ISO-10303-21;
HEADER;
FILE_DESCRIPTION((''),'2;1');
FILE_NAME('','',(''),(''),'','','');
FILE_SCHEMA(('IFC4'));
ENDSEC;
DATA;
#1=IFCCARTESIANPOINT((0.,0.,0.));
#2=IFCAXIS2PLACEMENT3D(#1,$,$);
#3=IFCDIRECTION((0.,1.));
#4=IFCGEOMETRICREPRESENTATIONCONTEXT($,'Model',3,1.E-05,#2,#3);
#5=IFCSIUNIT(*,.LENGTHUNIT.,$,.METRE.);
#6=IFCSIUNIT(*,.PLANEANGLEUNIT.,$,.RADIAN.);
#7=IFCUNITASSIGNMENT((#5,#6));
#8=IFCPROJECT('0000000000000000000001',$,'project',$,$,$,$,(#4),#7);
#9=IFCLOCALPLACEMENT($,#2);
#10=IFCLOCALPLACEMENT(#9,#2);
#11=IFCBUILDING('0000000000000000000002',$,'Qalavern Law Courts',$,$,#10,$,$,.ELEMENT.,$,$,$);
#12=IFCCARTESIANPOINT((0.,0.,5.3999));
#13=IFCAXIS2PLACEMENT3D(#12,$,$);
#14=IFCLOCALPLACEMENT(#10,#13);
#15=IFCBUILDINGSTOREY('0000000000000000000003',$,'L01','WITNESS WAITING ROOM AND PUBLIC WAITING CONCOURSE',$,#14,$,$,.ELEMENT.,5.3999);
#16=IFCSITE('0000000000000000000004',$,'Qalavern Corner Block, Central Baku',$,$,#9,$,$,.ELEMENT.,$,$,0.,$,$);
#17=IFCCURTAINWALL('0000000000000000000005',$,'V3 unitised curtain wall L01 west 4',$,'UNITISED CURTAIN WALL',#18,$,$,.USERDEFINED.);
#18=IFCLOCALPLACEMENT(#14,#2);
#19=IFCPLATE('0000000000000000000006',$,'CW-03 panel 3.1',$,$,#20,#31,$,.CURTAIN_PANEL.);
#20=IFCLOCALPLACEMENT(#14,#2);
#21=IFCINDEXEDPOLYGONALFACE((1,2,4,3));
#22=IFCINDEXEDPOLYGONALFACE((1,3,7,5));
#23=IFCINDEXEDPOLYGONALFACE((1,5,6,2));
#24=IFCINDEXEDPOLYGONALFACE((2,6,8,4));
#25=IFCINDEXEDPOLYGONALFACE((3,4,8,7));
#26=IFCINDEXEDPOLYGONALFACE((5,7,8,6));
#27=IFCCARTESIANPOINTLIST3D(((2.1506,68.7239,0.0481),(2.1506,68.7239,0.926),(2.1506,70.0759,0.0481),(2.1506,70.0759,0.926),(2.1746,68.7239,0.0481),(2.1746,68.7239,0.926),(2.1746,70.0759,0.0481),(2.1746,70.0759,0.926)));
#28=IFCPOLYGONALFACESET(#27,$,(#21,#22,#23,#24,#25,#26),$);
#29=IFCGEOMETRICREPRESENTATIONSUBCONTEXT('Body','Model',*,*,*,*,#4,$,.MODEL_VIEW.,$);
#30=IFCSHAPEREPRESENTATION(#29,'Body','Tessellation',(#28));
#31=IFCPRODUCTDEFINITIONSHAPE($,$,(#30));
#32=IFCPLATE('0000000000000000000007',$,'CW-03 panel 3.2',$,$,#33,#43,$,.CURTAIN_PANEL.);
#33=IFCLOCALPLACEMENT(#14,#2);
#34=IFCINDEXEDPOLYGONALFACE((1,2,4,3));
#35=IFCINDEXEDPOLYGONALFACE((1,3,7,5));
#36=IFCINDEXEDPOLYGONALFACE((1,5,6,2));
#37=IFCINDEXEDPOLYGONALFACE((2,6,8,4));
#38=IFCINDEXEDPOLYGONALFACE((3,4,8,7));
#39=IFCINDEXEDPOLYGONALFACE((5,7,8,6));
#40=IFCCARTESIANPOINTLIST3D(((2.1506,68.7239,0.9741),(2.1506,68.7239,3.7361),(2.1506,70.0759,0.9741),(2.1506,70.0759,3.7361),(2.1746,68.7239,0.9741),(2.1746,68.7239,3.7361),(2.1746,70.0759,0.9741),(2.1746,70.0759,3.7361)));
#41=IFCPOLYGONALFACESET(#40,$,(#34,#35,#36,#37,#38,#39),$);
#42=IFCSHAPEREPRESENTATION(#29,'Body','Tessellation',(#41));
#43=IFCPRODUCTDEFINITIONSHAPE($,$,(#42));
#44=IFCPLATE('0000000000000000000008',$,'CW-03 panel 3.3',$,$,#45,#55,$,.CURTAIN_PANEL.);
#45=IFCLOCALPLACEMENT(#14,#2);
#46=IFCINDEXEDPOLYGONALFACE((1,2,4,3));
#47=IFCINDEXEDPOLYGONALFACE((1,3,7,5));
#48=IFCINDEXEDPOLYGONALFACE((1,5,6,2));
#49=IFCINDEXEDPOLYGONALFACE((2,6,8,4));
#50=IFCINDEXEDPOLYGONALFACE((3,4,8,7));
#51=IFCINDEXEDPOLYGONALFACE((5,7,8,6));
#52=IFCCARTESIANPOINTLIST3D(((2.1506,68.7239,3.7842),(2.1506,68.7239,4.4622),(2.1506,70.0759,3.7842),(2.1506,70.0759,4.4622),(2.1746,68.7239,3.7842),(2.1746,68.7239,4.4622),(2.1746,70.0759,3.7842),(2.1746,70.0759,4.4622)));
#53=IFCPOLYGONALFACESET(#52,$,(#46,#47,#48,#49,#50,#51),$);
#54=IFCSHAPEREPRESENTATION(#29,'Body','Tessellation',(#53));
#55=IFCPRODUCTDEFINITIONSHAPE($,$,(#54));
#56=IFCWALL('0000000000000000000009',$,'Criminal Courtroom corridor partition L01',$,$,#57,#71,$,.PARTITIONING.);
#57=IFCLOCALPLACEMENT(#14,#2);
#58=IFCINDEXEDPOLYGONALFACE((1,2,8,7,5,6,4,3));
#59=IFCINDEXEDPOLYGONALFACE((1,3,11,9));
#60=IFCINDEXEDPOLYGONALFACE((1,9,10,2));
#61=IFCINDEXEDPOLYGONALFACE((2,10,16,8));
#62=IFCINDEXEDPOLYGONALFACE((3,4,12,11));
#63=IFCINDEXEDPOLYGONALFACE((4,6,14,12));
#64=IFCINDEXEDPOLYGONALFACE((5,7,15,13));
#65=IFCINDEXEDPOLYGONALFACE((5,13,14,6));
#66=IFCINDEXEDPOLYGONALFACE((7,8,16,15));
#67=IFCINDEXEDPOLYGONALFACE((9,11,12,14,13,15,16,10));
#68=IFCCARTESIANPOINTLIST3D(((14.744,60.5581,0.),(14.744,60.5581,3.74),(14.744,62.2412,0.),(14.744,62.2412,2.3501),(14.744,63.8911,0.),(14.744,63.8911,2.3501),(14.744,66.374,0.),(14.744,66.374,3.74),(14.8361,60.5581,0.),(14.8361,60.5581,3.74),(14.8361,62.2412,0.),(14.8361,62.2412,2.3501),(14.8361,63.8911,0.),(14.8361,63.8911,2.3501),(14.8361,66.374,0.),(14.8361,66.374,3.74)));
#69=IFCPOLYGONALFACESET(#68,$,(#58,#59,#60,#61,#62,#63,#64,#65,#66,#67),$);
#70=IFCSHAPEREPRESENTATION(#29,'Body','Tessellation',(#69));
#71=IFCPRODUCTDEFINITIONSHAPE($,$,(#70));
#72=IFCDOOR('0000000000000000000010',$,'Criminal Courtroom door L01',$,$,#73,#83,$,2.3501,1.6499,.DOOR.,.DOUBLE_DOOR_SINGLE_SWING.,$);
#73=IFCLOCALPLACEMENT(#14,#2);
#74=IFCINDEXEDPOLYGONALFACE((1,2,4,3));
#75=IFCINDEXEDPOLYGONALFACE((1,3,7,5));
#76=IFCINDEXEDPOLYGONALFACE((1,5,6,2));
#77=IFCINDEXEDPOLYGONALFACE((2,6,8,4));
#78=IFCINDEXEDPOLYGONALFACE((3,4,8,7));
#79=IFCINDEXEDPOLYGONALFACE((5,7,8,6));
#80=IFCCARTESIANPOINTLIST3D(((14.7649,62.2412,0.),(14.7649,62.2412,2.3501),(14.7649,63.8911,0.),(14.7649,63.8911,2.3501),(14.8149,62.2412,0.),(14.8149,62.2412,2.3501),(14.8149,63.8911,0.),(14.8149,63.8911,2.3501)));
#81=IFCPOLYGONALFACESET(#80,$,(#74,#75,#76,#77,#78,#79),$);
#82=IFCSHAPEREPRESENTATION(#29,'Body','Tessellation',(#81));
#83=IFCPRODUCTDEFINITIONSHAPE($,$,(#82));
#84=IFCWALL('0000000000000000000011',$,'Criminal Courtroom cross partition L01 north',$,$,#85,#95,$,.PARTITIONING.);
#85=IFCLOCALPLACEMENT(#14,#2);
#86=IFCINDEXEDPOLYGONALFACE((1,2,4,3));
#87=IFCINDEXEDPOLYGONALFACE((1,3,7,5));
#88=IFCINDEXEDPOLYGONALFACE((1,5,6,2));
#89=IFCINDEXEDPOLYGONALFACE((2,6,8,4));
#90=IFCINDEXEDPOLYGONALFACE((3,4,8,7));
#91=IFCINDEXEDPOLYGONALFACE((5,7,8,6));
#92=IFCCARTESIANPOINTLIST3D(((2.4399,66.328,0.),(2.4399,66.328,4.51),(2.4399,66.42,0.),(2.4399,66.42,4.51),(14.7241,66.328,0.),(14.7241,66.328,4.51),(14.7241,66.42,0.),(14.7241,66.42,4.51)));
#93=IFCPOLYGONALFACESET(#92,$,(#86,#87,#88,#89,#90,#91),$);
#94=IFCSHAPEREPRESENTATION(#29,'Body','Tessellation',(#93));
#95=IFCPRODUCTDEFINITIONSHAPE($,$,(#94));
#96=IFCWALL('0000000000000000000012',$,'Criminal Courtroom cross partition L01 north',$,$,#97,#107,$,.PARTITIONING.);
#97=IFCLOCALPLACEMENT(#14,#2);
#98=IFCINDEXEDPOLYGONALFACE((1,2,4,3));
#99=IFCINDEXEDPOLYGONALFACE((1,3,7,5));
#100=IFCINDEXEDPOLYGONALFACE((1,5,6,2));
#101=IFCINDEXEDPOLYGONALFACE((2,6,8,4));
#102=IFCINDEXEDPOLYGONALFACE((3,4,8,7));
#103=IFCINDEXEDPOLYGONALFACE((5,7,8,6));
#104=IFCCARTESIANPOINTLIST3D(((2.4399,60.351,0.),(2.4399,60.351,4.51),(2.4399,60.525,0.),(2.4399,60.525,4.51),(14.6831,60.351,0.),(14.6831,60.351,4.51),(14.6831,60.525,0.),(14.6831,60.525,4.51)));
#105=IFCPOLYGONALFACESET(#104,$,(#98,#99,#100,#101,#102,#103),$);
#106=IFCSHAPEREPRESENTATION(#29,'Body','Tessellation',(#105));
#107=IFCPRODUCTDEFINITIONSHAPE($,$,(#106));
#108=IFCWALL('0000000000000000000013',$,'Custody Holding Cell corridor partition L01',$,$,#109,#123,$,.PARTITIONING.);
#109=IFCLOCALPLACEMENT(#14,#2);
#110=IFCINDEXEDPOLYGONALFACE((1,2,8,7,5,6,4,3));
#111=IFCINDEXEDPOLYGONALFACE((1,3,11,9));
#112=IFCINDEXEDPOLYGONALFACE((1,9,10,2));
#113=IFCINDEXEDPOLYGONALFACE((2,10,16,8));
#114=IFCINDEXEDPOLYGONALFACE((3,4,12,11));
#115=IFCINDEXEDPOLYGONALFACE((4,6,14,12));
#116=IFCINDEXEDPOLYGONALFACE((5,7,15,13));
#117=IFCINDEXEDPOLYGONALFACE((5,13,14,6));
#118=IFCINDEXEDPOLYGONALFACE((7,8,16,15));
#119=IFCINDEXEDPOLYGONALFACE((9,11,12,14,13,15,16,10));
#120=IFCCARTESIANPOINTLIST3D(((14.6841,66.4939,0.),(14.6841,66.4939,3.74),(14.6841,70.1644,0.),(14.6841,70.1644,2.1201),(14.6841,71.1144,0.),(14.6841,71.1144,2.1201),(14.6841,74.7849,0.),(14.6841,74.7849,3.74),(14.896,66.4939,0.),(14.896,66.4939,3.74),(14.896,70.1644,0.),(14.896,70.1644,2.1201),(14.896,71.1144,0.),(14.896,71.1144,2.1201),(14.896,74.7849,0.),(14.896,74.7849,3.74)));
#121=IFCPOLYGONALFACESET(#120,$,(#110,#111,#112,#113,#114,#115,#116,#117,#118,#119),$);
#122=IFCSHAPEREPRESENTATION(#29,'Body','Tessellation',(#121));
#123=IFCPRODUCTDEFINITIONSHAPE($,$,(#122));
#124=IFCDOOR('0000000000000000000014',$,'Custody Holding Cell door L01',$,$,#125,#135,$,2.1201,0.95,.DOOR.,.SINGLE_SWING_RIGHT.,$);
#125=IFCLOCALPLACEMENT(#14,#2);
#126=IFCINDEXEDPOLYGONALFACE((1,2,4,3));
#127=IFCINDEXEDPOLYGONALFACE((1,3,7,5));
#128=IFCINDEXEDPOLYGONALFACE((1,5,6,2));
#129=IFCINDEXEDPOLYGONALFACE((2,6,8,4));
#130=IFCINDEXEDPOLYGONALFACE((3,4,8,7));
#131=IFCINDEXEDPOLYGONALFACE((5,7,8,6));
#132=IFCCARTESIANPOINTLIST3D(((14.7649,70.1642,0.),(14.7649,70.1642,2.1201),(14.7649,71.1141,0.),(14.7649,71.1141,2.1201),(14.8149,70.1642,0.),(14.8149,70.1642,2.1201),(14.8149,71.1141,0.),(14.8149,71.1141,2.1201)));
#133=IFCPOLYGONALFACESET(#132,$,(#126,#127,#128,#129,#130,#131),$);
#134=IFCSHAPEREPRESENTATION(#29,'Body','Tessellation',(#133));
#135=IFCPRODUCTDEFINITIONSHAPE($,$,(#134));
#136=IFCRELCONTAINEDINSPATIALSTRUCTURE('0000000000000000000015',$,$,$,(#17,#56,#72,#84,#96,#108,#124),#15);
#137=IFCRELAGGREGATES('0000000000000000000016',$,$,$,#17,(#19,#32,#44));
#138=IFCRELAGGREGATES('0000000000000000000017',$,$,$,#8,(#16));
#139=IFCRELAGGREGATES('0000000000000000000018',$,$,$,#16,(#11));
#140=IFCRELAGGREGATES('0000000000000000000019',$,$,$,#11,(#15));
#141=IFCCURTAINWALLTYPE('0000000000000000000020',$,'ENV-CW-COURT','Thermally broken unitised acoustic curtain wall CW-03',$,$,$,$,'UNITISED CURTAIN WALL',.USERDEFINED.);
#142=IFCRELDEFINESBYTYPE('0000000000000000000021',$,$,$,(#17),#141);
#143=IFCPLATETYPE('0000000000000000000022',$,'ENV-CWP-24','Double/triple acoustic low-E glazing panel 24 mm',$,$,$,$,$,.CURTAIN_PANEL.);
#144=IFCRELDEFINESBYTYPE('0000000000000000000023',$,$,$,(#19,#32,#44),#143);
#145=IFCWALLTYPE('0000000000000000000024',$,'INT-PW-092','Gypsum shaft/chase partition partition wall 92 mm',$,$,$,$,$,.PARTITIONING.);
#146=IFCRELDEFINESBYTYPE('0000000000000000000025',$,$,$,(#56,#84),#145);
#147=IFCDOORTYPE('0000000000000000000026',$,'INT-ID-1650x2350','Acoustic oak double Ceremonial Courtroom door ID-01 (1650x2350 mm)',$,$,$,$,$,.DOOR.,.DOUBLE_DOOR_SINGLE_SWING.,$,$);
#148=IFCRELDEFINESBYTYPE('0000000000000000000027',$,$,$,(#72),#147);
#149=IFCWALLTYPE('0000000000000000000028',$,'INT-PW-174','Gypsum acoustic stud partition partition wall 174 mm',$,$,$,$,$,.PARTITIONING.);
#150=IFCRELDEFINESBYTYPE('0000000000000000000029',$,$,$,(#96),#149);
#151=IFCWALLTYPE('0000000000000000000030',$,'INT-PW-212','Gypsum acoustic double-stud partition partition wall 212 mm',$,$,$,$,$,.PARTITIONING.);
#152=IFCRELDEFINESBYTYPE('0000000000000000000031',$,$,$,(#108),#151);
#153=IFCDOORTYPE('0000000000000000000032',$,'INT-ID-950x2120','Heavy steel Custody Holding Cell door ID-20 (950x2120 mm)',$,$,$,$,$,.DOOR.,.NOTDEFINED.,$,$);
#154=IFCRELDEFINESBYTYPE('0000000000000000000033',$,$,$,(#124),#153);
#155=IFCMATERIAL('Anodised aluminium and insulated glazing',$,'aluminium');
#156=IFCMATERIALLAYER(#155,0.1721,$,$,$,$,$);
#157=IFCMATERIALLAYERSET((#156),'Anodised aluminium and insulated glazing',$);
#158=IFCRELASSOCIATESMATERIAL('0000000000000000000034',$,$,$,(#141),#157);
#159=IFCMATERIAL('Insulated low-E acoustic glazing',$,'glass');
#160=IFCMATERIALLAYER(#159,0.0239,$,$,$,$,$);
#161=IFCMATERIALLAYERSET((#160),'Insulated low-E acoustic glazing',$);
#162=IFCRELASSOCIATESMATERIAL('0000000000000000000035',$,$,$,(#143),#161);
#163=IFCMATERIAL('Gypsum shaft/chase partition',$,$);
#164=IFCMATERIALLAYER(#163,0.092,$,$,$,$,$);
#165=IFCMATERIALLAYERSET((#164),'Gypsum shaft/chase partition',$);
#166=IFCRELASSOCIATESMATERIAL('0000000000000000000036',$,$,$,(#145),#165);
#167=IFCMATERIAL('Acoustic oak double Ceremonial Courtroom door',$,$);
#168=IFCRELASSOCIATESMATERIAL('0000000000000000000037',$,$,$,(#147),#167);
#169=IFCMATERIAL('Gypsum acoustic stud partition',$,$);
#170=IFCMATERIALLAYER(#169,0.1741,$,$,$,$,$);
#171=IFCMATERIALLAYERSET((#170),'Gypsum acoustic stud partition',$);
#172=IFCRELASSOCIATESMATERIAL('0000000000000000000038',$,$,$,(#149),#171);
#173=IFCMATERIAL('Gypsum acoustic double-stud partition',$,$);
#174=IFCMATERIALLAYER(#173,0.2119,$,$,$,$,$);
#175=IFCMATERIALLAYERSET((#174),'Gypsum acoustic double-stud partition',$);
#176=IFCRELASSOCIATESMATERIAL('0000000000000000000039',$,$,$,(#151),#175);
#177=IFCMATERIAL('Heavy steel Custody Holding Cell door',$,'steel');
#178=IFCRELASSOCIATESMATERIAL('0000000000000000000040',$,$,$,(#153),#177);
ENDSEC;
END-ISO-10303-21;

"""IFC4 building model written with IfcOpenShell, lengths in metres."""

from ifc_helpers import new_model, si_unit, direction, frame, frame_2d, origin, origin_2d, place, context, subcontext, project, spatial, rectangle, extrude, material, layer, layer_set, type_object, element, fill, aggregate, save


model = new_model("IFC4")

# Units and contexts
model_context = context("Model", 3, precision=1e-05, world=origin(), true_north=direction((0.0, 1.0)))
body_context = subcontext(model_context, "Body", "Model", "MODEL_VIEW")
ifc_project = project(units=[si_unit("LENGTHUNIT", "METRE"), si_unit("PLANEANGLEUNIT", "RADIAN")], contexts=[model_context])

# Site, building, storey
site_placement = place(None, origin())
site = spatial("IfcSite", under=ifc_project, at=site_placement, Name="Qalavern Corner Block, Central Baku", CompositionType="ELEMENT", RefElevation=0.0)
building_placement = place(site_placement, origin())
building = spatial("IfcBuilding", under=site, at=building_placement, Name="Qalavern Law Courts", CompositionType="ELEMENT")
storey_placement = place(building_placement, frame((0.0, 0.0, 5.3999)))
storey = spatial("IfcBuildingStorey", under=building, at=storey_placement, Name="L01", Description="WITNESS WAITING ROOM AND PUBLIC WAITING CONCOURSE", CompositionType="ELEMENT", Elevation=5.3999)

# Curtain wall
ifc_material_1 = material(Name="Anodised aluminium and insulated glazing", Category="aluminium")
ifc_layer_1 = layer(ifc_material_1, 0.1721)
ifc_layer_set_1 = layer_set([ifc_layer_1], Name="Anodised aluminium and insulated glazing")
curtain_wall_type = type_object("IfcCurtainWallType", Name="ENV-CW-COURT", Description="Thermally broken unitised acoustic curtain wall CW-03", ElementType="UNITISED CURTAIN WALL", PredefinedType="USERDEFINED", material=ifc_layer_set_1)
curtain_wall_placement = place(storey_placement, origin())
curtain_wall = element("IfcCurtainWall", 1, at=curtain_wall_placement, inside=storey, type_object=curtain_wall_type, Name="V3 unitised curtain wall L01 west 4", ObjectType="UNITISED CURTAIN WALL", PredefinedType="USERDEFINED")

# Plates
ifc_material_2 = material(Name="Insulated low-E acoustic glazing", Category="glass")
ifc_layer_2 = layer(ifc_material_2, 0.0239)
ifc_layer_set_2 = layer_set([ifc_layer_2], Name="Insulated low-E acoustic glazing")
plate_type = type_object("IfcPlateType", Name="ENV-CWP-24", Description="Double/triple acoustic low-E glazing panel 24 mm", PredefinedType="CURTAIN_PANEL", material=ifc_layer_set_2)
plate_1_placement = place(storey_placement, frame((2.1626, 69.3999, 0.0481), z_axis=(0.0, 0.0, 1.0), x_axis=(0.0, -1.0, 0.0)))
plate_1 = element("IfcPlate", 2, at=plate_1_placement, type_object=plate_type, Name="CW-03 panel 3.1", PredefinedType="CURTAIN_PANEL", context=body_context, shape_type="SweptSolid", body=[
    extrude(rectangle(XDim=1.3521, YDim=0.0239, at=origin_2d()), origin(), (0.0, 0.0, 1.0), 0.8779),
])
plate_2_placement = place(storey_placement, frame((2.1626, 69.3999, 0.9741), z_axis=(0.0, 0.0, 1.0), x_axis=(0.0, -1.0, 0.0)))
plate_2 = element("IfcPlate", 3, at=plate_2_placement, type_object=plate_type, Name="CW-03 panel 3.2", PredefinedType="CURTAIN_PANEL", context=body_context, shape_type="SweptSolid", body=[
    extrude(rectangle(XDim=1.3521, YDim=0.0239, at=origin_2d()), origin(), (0.0, 0.0, 1.0), 2.762),
])
plate_3_placement = place(storey_placement, frame((2.1626, 69.3999, 3.7842), z_axis=(0.0, 0.0, 1.0), x_axis=(0.0, -1.0, 0.0)))
plate_3 = element("IfcPlate", 4, at=plate_3_placement, type_object=plate_type, Name="CW-03 panel 3.3", PredefinedType="CURTAIN_PANEL", context=body_context, shape_type="SweptSolid", body=[
    extrude(rectangle(XDim=1.3521, YDim=0.0239, at=origin_2d()), origin(), (0.0, 0.0, 1.0), 0.678),
])
aggregate(curtain_wall, [plate_1, plate_2, plate_3])

# Wall, opening, door
ifc_material_3 = material(Name="Gypsum shaft/chase partition")
ifc_layer_3 = layer(ifc_material_3, 0.092)
ifc_layer_set_3 = layer_set([ifc_layer_3], Name="Gypsum shaft/chase partition")
wall_type_1 = type_object("IfcWallType", Name="INT-PW-092", Description="Gypsum shaft/chase partition partition wall 92 mm", PredefinedType="PARTITIONING", material=ifc_layer_set_3)
wall_1_placement = place(storey_placement, frame((14.79, 60.5581, 0.0), z_axis=(0.0, 0.0, 1.0), x_axis=(0.0, 1.0, 0.0)))
wall_1 = element("IfcWall", 5, at=wall_1_placement, inside=storey, type_object=wall_type_1, Name="Criminal Courtroom corridor partition L01", PredefinedType="PARTITIONING", context=body_context, shape_type="SweptSolid", body=[
    extrude(rectangle(XDim=5.8159, YDim=0.092, at=frame_2d((2.908, 0.0))), origin(), (0.0, 0.0, 1.0), 3.74),
])
opening_1_placement = place(wall_1_placement, frame((1.6831, 0.0, 0.0)))
opening_1 = element("IfcOpeningElement", 6, at=opening_1_placement, cuts=wall_1, PredefinedType="OPENING", context=body_context, shape_type="SweptSolid", body=[
    extrude(rectangle(XDim=1.6499, YDim=2.3501, at=frame_2d((0.825, 1.175))), frame((0.0, 0.061, 0.0), z_axis=(0.0, -1.0, 0.0), x_axis=(1.0, 0.0, 0.0)), (0.0, 0.0, 1.0), 0.1218),
])
ifc_material_4 = material(Name="Acoustic oak double Ceremonial Courtroom door")
door_type_1 = type_object("IfcDoorType", Name="INT-ID-1650x2350", Description="Acoustic oak double Ceremonial Courtroom door ID-01 (1650x2350 mm)", OperationType="DOUBLE_DOOR_SINGLE_SWING", PredefinedType="DOOR", material=ifc_material_4)
door_1_placement = place(opening_1_placement, frame((1.6499, 0.0, 0.0), z_axis=(0.0, 0.0, 1.0), x_axis=(-1.0, 0.0, 0.0)))
door_1 = element("IfcDoor", 7, at=door_1_placement, inside=storey, type_object=door_type_1, Name="Criminal Courtroom door L01", OperationType="DOUBLE_DOOR_SINGLE_SWING", OverallHeight=2.3501, OverallWidth=1.6499, PredefinedType="DOOR", context=body_context, shape_type="SweptSolid", body=[
    extrude(rectangle(XDim=1.6499, YDim=2.3501, at=frame_2d((0.825, 1.175))), frame((0.0, 0.0249, 0.0), z_axis=(0.0, -1.0, 0.0), x_axis=(1.0, 0.0, 0.0)), (0.0, 0.0, 1.0), 0.05),
])
fill(opening_1, door_1)

# Walls
wall_2_placement = place(storey_placement, frame((2.4399, 66.374, 0.0), z_axis=(0.0, 0.0, 1.0), x_axis=(1.0, 0.0, 0.0)))
element("IfcWall", 8, at=wall_2_placement, inside=storey, type_object=wall_type_1, Name="Criminal Courtroom cross partition L01 north", PredefinedType="PARTITIONING", context=body_context, shape_type="SweptSolid", body=[
    extrude(rectangle(XDim=12.2842, YDim=0.092, at=frame_2d((6.1421, 0.0))), origin(), (0.0, 0.0, 1.0), 4.51),
])
ifc_material_5 = material(Name="Gypsum acoustic stud partition")
ifc_layer_4 = layer(ifc_material_5, 0.1741)
ifc_layer_set_4 = layer_set([ifc_layer_4], Name="Gypsum acoustic stud partition")
wall_type_2 = type_object("IfcWallType", Name="INT-PW-174", Description="Gypsum acoustic stud partition partition wall 174 mm", PredefinedType="PARTITIONING", material=ifc_layer_set_4)
wall_3_placement = place(storey_placement, frame((2.4399, 60.438, 0.0), z_axis=(0.0, 0.0, 1.0), x_axis=(1.0, 0.0, 0.0)))
element("IfcWall", 9, at=wall_3_placement, inside=storey, type_object=wall_type_2, Name="Criminal Courtroom cross partition L01 north", PredefinedType="PARTITIONING", context=body_context, shape_type="SweptSolid", body=[
    extrude(rectangle(XDim=12.2432, YDim=0.1741, at=frame_2d((6.1216, 0.0))), origin(), (0.0, 0.0, 1.0), 4.51),
])

# Wall, opening, door
ifc_material_6 = material(Name="Gypsum acoustic double-stud partition")
ifc_layer_5 = layer(ifc_material_6, 0.2119)
ifc_layer_set_5 = layer_set([ifc_layer_5], Name="Gypsum acoustic double-stud partition")
wall_type_3 = type_object("IfcWallType", Name="INT-PW-212", Description="Gypsum acoustic double-stud partition partition wall 212 mm", PredefinedType="PARTITIONING", material=ifc_layer_set_5)
wall_4_placement = place(storey_placement, frame((14.79, 66.4939, 0.0), z_axis=(0.0, 0.0, 1.0), x_axis=(0.0, 1.0, 0.0)))
wall_4 = element("IfcWall", 10, at=wall_4_placement, inside=storey, type_object=wall_type_3, Name="Custody Holding Cell corridor partition L01", PredefinedType="PARTITIONING", context=body_context, shape_type="SweptSolid", body=[
    extrude(rectangle(XDim=8.291, YDim=0.2119, at=frame_2d((4.1455, 0.0))), origin(), (0.0, 0.0, 1.0), 3.74),
])
opening_2_placement = place(wall_4_placement, frame((3.6704, 0.0, 0.0)))
opening_2 = element("IfcOpeningElement", 11, at=opening_2_placement, cuts=wall_4, PredefinedType="OPENING", context=body_context, shape_type="SweptSolid", body=[
    extrude(rectangle(XDim=0.95, YDim=2.1201, at=frame_2d((0.4751, 1.0601))), frame((0.0, 0.1208, 0.0), z_axis=(0.0, -1.0, 0.0), x_axis=(1.0, 0.0, 0.0)), (0.0, 0.0, 1.0), 0.2417),
])
ifc_material_7 = material(Name="Heavy steel Custody Holding Cell door", Category="steel")
door_type_2 = type_object("IfcDoorType", Name="INT-ID-950x2120", Description="Heavy steel Custody Holding Cell door ID-20 (950x2120 mm)", OperationType="NOTDEFINED", PredefinedType="DOOR", material=ifc_material_7)
door_2_placement = place(opening_2_placement, frame((0.95, 0.0, 0.0), z_axis=(0.0, 0.0, 1.0), x_axis=(-1.0, 0.0, 0.0)))
door_2 = element("IfcDoor", 12, at=door_2_placement, inside=storey, type_object=door_type_2, Name="Custody Holding Cell door L01", OperationType="SINGLE_SWING_RIGHT", OverallHeight=2.1201, OverallWidth=0.95, PredefinedType="DOOR", context=body_context, shape_type="SweptSolid", body=[
    extrude(rectangle(XDim=0.95, YDim=2.1201, at=frame_2d((0.4751, 1.0601))), frame((0.0, 0.0249, 0.0), z_axis=(0.0, -1.0, 0.0), x_axis=(1.0, 0.0, 0.0)), (0.0, 0.0, 1.0), 0.05),
])
fill(opening_2, door_2)

save(model, "model.ifc")
